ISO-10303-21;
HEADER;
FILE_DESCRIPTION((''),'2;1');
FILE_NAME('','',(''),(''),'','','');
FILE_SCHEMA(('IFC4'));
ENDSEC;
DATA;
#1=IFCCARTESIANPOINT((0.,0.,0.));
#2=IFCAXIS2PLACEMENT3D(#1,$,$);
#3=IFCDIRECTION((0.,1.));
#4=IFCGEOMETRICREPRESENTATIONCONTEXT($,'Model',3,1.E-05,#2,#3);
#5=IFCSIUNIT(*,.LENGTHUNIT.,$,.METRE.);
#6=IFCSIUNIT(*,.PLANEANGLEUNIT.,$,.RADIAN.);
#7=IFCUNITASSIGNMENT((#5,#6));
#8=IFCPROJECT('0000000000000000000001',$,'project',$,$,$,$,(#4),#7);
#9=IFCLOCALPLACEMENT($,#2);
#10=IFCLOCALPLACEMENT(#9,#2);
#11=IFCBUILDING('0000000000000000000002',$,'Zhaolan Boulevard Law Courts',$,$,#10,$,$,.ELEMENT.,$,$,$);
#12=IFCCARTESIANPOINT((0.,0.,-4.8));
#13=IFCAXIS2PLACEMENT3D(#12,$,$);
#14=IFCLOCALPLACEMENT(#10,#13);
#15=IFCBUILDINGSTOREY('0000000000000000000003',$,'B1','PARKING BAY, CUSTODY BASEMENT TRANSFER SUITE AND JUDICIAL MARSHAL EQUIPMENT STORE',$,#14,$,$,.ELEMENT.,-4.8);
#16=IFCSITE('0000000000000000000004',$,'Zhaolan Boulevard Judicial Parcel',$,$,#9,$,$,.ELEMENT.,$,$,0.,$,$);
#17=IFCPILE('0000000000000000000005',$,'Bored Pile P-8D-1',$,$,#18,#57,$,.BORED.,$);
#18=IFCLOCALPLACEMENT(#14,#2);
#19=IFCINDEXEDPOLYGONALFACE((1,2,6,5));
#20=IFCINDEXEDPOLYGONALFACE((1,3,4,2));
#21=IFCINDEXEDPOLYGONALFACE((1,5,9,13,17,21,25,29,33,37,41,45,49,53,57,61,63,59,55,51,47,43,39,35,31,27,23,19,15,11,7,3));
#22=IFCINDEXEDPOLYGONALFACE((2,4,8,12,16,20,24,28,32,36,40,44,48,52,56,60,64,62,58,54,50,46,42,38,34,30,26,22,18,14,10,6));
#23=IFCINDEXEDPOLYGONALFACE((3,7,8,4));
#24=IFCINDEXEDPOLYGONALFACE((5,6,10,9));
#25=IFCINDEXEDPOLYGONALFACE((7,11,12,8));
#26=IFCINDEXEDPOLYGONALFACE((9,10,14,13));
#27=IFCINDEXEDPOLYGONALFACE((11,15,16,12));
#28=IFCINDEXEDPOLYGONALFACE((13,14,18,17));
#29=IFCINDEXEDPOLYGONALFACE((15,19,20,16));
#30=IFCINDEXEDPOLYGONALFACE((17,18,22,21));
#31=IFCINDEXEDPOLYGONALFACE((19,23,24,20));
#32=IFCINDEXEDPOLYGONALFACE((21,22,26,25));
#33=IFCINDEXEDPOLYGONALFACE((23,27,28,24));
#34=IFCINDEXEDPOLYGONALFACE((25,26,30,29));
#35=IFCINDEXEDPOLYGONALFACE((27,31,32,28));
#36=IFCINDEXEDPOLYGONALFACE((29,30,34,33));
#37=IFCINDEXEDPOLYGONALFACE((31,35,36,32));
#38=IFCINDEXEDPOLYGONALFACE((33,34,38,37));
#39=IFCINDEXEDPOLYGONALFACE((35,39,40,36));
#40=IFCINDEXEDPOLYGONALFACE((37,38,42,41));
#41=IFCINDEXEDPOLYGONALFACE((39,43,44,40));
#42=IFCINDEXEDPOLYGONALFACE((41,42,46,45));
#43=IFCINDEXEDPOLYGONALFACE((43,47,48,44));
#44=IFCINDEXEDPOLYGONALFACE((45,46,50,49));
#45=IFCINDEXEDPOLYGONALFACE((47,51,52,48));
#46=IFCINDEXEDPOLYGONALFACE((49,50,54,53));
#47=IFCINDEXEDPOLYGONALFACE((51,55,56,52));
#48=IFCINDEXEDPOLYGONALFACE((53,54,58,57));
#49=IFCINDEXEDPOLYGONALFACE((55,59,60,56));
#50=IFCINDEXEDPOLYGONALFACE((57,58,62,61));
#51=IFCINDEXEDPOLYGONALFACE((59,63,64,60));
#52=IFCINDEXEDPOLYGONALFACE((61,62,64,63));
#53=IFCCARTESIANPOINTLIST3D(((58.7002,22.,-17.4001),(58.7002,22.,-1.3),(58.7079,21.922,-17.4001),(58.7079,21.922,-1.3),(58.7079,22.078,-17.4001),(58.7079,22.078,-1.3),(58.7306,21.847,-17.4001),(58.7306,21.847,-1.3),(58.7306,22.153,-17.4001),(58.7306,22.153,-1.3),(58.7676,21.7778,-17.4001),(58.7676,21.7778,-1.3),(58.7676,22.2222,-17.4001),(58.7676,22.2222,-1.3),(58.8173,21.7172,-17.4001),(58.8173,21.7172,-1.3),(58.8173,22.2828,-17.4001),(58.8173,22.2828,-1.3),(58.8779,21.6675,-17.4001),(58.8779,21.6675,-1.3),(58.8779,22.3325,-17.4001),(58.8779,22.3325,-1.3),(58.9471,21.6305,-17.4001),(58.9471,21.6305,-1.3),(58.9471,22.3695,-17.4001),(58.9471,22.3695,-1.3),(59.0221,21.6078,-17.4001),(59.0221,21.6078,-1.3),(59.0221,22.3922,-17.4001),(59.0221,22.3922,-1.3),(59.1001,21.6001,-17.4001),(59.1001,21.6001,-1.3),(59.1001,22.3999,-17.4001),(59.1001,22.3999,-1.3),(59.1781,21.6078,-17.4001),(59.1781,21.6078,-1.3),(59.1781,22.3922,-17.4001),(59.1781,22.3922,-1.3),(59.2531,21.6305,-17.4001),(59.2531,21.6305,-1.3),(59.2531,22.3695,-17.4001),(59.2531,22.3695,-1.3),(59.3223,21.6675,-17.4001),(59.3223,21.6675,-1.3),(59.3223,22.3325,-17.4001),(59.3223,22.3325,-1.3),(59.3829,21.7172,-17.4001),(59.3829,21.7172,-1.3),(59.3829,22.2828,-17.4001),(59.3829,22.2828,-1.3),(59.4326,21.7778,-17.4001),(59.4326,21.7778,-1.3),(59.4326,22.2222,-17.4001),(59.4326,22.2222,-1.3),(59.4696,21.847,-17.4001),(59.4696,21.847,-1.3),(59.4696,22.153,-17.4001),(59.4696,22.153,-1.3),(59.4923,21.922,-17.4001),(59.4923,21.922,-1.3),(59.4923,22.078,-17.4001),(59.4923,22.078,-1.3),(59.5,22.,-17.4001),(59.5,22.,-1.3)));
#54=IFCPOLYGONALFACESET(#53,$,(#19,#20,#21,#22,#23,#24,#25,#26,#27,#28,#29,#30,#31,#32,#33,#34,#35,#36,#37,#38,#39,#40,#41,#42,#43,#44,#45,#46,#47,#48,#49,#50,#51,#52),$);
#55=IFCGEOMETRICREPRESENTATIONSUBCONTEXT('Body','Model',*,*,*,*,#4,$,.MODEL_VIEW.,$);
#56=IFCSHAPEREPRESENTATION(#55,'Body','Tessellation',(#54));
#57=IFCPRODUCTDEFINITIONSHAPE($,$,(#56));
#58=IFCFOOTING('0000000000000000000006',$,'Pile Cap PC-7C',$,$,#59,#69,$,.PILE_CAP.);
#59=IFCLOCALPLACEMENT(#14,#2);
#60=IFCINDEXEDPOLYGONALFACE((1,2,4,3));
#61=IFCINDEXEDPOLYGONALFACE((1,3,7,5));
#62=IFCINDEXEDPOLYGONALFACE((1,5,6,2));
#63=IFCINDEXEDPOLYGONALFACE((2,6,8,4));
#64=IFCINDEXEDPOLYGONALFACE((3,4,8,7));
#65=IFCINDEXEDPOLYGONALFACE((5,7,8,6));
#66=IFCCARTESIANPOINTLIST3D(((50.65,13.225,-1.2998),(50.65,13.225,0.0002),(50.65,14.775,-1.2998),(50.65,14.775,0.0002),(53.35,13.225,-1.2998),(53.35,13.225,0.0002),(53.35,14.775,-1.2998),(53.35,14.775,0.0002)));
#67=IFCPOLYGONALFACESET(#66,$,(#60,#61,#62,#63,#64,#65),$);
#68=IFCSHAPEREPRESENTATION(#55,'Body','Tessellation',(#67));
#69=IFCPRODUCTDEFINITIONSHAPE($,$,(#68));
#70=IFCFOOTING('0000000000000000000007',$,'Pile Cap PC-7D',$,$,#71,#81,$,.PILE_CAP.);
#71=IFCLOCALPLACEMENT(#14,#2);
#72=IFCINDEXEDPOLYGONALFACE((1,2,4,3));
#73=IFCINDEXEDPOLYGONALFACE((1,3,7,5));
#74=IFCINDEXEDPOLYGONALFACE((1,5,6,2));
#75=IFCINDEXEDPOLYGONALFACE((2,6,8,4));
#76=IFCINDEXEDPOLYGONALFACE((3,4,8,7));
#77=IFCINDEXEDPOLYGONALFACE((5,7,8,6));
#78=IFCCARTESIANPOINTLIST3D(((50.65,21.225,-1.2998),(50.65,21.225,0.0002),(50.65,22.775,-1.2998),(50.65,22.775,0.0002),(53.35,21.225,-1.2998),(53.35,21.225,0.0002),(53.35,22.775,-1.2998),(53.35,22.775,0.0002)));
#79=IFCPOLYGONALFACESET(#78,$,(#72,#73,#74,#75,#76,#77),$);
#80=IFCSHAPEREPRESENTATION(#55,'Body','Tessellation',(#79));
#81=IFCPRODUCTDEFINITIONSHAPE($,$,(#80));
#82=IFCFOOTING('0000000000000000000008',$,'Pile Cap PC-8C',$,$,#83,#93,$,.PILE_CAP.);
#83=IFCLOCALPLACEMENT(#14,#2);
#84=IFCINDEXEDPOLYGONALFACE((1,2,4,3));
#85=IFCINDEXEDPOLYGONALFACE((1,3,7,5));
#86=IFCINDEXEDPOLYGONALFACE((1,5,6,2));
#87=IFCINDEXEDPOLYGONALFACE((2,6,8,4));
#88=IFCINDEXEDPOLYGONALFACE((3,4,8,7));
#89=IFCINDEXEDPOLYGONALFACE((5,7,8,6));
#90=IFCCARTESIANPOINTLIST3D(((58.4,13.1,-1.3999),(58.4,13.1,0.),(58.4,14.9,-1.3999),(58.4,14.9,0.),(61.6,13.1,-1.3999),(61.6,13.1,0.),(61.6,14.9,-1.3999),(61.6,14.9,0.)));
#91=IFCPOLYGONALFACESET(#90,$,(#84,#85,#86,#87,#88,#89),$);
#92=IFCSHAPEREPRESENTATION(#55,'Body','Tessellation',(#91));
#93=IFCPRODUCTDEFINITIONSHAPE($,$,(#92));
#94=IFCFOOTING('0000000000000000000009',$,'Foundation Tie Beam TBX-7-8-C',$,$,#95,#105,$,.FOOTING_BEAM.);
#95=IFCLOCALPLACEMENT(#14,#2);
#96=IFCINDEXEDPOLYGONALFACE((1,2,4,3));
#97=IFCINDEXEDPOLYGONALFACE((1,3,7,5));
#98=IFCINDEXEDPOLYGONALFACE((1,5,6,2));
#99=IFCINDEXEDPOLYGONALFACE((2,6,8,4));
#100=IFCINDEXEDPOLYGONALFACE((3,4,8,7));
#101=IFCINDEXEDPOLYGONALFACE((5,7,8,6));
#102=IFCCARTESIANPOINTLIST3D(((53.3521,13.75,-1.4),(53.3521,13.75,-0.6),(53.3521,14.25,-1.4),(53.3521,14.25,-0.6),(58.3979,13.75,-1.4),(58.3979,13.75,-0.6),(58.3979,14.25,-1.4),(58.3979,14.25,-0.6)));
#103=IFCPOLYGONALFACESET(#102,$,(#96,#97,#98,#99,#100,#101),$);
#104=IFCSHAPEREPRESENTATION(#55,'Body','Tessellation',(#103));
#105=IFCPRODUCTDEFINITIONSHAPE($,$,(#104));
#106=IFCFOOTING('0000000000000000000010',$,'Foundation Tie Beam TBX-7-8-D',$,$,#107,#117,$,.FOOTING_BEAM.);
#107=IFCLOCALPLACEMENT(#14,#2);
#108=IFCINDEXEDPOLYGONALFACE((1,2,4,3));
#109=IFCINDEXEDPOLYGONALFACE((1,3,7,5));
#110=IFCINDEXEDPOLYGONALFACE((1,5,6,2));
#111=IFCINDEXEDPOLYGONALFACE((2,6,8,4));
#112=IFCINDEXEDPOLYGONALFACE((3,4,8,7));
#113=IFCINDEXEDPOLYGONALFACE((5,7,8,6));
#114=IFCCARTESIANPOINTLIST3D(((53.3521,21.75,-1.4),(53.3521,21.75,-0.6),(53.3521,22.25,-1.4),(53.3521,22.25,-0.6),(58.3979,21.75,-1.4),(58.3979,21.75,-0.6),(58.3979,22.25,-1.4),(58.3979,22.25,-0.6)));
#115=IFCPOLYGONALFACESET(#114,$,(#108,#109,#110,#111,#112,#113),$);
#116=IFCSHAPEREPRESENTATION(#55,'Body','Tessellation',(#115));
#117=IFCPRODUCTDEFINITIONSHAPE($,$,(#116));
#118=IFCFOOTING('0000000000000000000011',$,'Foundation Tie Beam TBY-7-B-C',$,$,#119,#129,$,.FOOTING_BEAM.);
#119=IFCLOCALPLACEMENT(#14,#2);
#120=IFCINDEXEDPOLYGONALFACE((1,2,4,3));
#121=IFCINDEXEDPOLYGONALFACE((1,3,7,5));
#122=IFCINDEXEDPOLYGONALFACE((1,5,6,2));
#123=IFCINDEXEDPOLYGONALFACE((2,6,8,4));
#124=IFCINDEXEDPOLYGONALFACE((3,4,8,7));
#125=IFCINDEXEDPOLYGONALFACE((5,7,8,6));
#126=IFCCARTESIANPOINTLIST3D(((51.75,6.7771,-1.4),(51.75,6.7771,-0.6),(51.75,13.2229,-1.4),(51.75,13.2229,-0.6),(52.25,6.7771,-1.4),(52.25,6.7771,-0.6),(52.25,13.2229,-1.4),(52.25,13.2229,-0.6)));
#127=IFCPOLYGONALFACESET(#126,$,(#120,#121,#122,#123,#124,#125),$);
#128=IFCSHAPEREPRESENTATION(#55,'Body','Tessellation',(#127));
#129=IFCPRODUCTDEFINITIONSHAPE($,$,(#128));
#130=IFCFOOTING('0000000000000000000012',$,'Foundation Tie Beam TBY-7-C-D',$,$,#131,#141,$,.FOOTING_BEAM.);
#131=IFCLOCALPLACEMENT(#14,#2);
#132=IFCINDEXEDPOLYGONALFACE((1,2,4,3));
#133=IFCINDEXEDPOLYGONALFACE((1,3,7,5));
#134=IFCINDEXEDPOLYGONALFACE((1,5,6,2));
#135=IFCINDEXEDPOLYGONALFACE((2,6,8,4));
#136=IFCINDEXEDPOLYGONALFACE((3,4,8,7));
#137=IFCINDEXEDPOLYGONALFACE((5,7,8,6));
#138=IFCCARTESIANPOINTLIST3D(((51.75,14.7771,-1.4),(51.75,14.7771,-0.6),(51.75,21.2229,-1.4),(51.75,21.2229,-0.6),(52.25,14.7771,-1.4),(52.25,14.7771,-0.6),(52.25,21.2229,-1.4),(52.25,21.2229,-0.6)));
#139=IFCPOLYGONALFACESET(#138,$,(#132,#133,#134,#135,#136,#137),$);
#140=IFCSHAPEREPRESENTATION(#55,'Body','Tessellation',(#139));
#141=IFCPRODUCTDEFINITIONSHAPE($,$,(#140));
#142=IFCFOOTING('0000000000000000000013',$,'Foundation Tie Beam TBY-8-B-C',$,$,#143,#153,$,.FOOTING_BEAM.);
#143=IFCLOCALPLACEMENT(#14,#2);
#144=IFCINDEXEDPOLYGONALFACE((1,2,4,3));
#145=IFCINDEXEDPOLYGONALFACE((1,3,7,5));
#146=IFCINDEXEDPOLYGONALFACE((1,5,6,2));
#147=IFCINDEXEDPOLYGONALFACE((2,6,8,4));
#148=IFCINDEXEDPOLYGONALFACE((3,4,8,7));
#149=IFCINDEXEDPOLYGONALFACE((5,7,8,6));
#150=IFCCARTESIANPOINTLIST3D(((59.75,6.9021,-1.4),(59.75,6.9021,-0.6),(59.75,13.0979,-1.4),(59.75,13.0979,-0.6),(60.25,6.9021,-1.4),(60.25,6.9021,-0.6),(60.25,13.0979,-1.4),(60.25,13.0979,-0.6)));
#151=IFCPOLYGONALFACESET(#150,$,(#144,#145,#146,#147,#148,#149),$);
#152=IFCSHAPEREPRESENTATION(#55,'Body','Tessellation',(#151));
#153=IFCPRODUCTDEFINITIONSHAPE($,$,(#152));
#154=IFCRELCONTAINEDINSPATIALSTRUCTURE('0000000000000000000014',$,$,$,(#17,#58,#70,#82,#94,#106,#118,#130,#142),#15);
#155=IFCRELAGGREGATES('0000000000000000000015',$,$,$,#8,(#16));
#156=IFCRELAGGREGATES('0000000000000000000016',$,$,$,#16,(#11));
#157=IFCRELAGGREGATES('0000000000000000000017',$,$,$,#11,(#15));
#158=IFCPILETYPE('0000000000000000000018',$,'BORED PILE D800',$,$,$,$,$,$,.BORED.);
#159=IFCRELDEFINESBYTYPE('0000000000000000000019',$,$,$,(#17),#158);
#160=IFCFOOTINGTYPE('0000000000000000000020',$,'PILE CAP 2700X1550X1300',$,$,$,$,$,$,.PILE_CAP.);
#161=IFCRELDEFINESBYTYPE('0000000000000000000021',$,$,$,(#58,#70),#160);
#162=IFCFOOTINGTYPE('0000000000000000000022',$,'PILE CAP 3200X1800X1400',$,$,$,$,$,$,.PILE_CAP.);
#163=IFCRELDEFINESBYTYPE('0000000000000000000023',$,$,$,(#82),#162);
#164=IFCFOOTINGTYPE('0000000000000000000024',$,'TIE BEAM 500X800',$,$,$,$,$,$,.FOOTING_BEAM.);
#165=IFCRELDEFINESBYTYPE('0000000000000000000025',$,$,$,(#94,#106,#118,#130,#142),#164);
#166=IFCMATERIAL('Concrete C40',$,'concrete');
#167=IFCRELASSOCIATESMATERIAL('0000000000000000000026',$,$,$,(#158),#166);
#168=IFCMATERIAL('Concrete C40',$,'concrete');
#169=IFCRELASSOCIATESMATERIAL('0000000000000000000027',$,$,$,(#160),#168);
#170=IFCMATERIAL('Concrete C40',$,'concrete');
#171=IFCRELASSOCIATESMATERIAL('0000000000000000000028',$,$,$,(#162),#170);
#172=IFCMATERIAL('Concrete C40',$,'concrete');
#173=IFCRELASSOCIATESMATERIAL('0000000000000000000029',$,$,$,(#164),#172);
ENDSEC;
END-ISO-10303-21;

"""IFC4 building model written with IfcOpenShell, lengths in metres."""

from ifc_helpers import new_model, si_unit, direction, frame, origin, origin_2d, place, context, subcontext, project, spatial, rectangle, circle, extrude, material, material_profile, profile_set, type_object, element, save


model = new_model("IFC4")

# Units and contexts
model_context = context("Model", 3, precision=1e-05, world=origin(), true_north=direction((0.0, 1.0)))
body_context = subcontext(model_context, "Body", "Model", "MODEL_VIEW")
ifc_project = project(units=[si_unit("LENGTHUNIT", "METRE"), si_unit("PLANEANGLEUNIT", "RADIAN")], contexts=[model_context])

# Site, building, storey
site_placement = place(None, origin())
site = spatial("IfcSite", under=ifc_project, at=site_placement, Name="Zhaolan Boulevard Judicial Parcel", CompositionType="ELEMENT", RefElevation=0.0)
building_placement = place(site_placement, origin())
building = spatial("IfcBuilding", under=site, at=building_placement, Name="Zhaolan Boulevard Law Courts", CompositionType="ELEMENT")
storey_placement = place(building_placement, frame((0.0, 0.0, -4.8)))
storey = spatial("IfcBuildingStorey", under=building, at=storey_placement, Name="B1", Description="PARKING BAY, CUSTODY BASEMENT TRANSFER SUITE AND JUDICIAL MARSHAL EQUIPMENT STORE", CompositionType="ELEMENT", Elevation=-4.8)

# Pile
ifc_material_1 = material(Name="Concrete C40", Category="concrete")
ifc_material_profile_1 = material_profile(ifc_material_1, circle(Radius=0.3999, at=origin_2d()), Name="PILE-D800")
ifc_profile_set_1 = profile_set([ifc_material_profile_1], Name="Concrete C40")
pile_type_1 = type_object("IfcPileType", Name="BORED PILE D800", PredefinedType="BORED", material=ifc_profile_set_1)
for number, where, z_axis, x_axis, name in (
    (1, (59.1001, 22.0, -1.3), (0.0, 0.0, -1.0), (1.0, 0.0, 0.0), "Bored Pile P-8D-1"),
):
    element("IfcPile", number, at=place(storey_placement, frame(where, z_axis=z_axis, x_axis=x_axis)), inside=storey, type_object=pile_type_1, Name=name, PredefinedType="BORED", context=body_context, shape_type="SweptSolid", body=[
        extrude(circle(Radius=0.3999, at=origin_2d()), origin(), (0.0, 0.0, 1.0), 16.1001),
    ])

# Footings
ifc_material_2 = material(Name="Concrete C40", Category="concrete")
footing_type_1 = type_object("IfcFootingType", Name="PILE CAP 2700X1550X1300", PredefinedType="PILE_CAP", material=ifc_material_2)
for number, where, z_axis, x_axis, name in (
    (2, (52.0, 14.0, -1.2998), (0.0, 0.0, 1.0), (1.0, 0.0, 0.0), "Pile Cap PC-7C"),
    (3, (52.0, 22.0, -1.2998), (0.0, 0.0, 1.0), (1.0, 0.0, 0.0), "Pile Cap PC-7D"),
):
    element("IfcFooting", number, at=place(storey_placement, frame(where, z_axis=z_axis, x_axis=x_axis)), inside=storey, type_object=footing_type_1, Name=name, PredefinedType="PILE_CAP", context=body_context, shape_type="SweptSolid", body=[
        extrude(rectangle(XDim=2.7, YDim=1.55, at=origin_2d()), origin(), (0.0, 0.0, 1.0), 1.3),
    ])
ifc_material_3 = material(Name="Concrete C40", Category="concrete")
footing_type_2 = type_object("IfcFootingType", Name="PILE CAP 3200X1800X1400", PredefinedType="PILE_CAP", material=ifc_material_3)
footing_1_placement = place(storey_placement, frame((60.0, 14.0, -1.3999), z_axis=(0.0, 0.0, 1.0), x_axis=(1.0, 0.0, 0.0)))
element("IfcFooting", 4, at=footing_1_placement, inside=storey, type_object=footing_type_2, Name="Pile Cap PC-8C", PredefinedType="PILE_CAP", context=body_context, shape_type="SweptSolid", body=[
    extrude(rectangle(XDim=3.2, YDim=1.8, at=origin_2d()), origin(), (0.0, 0.0, 1.0), 1.3999),
])
ifc_material_4 = material(Name="Concrete C40", Category="concrete")
ifc_material_profile_2 = material_profile(ifc_material_4, rectangle(XDim=0.5, YDim=0.8, at=origin_2d()), Name="RC500x800")
ifc_profile_set_2 = profile_set([ifc_material_profile_2], Name="Concrete C40")
footing_type_3 = type_object("IfcFootingType", Name="TIE BEAM 500X800", PredefinedType="FOOTING_BEAM", material=ifc_profile_set_2)
for number, where, z_axis, x_axis, name in (
    (5, (53.3521, 14.0, -1.0), (1.0, 0.0, 0.0), (0.0, 1.0, 0.0), "Foundation Tie Beam TBX-7-8-C"),
    (6, (53.3521, 22.0, -1.0), (1.0, 0.0, 0.0), (0.0, 1.0, 0.0), "Foundation Tie Beam TBX-7-8-D"),
):
    element("IfcFooting", number, at=place(storey_placement, frame(where, z_axis=z_axis, x_axis=x_axis)), inside=storey, type_object=footing_type_3, Name=name, PredefinedType="FOOTING_BEAM", context=body_context, shape_type="SweptSolid", body=[
        extrude(rectangle(XDim=0.5, YDim=0.8, at=origin_2d()), origin(), (0.0, 0.0, 1.0), 5.0459),
    ])
for number, where, z_axis, x_axis, name in (
    (7, (52.0, 6.7771, -1.0), (0.0, 1.0, 0.0), (-1.0, 0.0, 0.0), "Foundation Tie Beam TBY-7-B-C"),
    (8, (52.0, 14.7771, -1.0), (0.0, 1.0, 0.0), (-1.0, 0.0, 0.0), "Foundation Tie Beam TBY-7-C-D"),
):
    element("IfcFooting", number, at=place(storey_placement, frame(where, z_axis=z_axis, x_axis=x_axis)), inside=storey, type_object=footing_type_3, Name=name, PredefinedType="FOOTING_BEAM", context=body_context, shape_type="SweptSolid", body=[
        extrude(rectangle(XDim=0.5, YDim=0.8, at=origin_2d()), origin(), (0.0, 0.0, 1.0), 6.4458),
    ])
footing_2_placement = place(storey_placement, frame((60.0, 6.9021, -1.0), z_axis=(0.0, 1.0, 0.0), x_axis=(-1.0, 0.0, 0.0)))
element("IfcFooting", 9, at=footing_2_placement, inside=storey, type_object=footing_type_3, Name="Foundation Tie Beam TBY-8-B-C", PredefinedType="FOOTING_BEAM", context=body_context, shape_type="SweptSolid", body=[
    extrude(rectangle(XDim=0.5, YDim=0.8, at=origin_2d()), origin(), (0.0, 0.0, 1.0), 6.1958),
])

save(model, "model.ifc")
